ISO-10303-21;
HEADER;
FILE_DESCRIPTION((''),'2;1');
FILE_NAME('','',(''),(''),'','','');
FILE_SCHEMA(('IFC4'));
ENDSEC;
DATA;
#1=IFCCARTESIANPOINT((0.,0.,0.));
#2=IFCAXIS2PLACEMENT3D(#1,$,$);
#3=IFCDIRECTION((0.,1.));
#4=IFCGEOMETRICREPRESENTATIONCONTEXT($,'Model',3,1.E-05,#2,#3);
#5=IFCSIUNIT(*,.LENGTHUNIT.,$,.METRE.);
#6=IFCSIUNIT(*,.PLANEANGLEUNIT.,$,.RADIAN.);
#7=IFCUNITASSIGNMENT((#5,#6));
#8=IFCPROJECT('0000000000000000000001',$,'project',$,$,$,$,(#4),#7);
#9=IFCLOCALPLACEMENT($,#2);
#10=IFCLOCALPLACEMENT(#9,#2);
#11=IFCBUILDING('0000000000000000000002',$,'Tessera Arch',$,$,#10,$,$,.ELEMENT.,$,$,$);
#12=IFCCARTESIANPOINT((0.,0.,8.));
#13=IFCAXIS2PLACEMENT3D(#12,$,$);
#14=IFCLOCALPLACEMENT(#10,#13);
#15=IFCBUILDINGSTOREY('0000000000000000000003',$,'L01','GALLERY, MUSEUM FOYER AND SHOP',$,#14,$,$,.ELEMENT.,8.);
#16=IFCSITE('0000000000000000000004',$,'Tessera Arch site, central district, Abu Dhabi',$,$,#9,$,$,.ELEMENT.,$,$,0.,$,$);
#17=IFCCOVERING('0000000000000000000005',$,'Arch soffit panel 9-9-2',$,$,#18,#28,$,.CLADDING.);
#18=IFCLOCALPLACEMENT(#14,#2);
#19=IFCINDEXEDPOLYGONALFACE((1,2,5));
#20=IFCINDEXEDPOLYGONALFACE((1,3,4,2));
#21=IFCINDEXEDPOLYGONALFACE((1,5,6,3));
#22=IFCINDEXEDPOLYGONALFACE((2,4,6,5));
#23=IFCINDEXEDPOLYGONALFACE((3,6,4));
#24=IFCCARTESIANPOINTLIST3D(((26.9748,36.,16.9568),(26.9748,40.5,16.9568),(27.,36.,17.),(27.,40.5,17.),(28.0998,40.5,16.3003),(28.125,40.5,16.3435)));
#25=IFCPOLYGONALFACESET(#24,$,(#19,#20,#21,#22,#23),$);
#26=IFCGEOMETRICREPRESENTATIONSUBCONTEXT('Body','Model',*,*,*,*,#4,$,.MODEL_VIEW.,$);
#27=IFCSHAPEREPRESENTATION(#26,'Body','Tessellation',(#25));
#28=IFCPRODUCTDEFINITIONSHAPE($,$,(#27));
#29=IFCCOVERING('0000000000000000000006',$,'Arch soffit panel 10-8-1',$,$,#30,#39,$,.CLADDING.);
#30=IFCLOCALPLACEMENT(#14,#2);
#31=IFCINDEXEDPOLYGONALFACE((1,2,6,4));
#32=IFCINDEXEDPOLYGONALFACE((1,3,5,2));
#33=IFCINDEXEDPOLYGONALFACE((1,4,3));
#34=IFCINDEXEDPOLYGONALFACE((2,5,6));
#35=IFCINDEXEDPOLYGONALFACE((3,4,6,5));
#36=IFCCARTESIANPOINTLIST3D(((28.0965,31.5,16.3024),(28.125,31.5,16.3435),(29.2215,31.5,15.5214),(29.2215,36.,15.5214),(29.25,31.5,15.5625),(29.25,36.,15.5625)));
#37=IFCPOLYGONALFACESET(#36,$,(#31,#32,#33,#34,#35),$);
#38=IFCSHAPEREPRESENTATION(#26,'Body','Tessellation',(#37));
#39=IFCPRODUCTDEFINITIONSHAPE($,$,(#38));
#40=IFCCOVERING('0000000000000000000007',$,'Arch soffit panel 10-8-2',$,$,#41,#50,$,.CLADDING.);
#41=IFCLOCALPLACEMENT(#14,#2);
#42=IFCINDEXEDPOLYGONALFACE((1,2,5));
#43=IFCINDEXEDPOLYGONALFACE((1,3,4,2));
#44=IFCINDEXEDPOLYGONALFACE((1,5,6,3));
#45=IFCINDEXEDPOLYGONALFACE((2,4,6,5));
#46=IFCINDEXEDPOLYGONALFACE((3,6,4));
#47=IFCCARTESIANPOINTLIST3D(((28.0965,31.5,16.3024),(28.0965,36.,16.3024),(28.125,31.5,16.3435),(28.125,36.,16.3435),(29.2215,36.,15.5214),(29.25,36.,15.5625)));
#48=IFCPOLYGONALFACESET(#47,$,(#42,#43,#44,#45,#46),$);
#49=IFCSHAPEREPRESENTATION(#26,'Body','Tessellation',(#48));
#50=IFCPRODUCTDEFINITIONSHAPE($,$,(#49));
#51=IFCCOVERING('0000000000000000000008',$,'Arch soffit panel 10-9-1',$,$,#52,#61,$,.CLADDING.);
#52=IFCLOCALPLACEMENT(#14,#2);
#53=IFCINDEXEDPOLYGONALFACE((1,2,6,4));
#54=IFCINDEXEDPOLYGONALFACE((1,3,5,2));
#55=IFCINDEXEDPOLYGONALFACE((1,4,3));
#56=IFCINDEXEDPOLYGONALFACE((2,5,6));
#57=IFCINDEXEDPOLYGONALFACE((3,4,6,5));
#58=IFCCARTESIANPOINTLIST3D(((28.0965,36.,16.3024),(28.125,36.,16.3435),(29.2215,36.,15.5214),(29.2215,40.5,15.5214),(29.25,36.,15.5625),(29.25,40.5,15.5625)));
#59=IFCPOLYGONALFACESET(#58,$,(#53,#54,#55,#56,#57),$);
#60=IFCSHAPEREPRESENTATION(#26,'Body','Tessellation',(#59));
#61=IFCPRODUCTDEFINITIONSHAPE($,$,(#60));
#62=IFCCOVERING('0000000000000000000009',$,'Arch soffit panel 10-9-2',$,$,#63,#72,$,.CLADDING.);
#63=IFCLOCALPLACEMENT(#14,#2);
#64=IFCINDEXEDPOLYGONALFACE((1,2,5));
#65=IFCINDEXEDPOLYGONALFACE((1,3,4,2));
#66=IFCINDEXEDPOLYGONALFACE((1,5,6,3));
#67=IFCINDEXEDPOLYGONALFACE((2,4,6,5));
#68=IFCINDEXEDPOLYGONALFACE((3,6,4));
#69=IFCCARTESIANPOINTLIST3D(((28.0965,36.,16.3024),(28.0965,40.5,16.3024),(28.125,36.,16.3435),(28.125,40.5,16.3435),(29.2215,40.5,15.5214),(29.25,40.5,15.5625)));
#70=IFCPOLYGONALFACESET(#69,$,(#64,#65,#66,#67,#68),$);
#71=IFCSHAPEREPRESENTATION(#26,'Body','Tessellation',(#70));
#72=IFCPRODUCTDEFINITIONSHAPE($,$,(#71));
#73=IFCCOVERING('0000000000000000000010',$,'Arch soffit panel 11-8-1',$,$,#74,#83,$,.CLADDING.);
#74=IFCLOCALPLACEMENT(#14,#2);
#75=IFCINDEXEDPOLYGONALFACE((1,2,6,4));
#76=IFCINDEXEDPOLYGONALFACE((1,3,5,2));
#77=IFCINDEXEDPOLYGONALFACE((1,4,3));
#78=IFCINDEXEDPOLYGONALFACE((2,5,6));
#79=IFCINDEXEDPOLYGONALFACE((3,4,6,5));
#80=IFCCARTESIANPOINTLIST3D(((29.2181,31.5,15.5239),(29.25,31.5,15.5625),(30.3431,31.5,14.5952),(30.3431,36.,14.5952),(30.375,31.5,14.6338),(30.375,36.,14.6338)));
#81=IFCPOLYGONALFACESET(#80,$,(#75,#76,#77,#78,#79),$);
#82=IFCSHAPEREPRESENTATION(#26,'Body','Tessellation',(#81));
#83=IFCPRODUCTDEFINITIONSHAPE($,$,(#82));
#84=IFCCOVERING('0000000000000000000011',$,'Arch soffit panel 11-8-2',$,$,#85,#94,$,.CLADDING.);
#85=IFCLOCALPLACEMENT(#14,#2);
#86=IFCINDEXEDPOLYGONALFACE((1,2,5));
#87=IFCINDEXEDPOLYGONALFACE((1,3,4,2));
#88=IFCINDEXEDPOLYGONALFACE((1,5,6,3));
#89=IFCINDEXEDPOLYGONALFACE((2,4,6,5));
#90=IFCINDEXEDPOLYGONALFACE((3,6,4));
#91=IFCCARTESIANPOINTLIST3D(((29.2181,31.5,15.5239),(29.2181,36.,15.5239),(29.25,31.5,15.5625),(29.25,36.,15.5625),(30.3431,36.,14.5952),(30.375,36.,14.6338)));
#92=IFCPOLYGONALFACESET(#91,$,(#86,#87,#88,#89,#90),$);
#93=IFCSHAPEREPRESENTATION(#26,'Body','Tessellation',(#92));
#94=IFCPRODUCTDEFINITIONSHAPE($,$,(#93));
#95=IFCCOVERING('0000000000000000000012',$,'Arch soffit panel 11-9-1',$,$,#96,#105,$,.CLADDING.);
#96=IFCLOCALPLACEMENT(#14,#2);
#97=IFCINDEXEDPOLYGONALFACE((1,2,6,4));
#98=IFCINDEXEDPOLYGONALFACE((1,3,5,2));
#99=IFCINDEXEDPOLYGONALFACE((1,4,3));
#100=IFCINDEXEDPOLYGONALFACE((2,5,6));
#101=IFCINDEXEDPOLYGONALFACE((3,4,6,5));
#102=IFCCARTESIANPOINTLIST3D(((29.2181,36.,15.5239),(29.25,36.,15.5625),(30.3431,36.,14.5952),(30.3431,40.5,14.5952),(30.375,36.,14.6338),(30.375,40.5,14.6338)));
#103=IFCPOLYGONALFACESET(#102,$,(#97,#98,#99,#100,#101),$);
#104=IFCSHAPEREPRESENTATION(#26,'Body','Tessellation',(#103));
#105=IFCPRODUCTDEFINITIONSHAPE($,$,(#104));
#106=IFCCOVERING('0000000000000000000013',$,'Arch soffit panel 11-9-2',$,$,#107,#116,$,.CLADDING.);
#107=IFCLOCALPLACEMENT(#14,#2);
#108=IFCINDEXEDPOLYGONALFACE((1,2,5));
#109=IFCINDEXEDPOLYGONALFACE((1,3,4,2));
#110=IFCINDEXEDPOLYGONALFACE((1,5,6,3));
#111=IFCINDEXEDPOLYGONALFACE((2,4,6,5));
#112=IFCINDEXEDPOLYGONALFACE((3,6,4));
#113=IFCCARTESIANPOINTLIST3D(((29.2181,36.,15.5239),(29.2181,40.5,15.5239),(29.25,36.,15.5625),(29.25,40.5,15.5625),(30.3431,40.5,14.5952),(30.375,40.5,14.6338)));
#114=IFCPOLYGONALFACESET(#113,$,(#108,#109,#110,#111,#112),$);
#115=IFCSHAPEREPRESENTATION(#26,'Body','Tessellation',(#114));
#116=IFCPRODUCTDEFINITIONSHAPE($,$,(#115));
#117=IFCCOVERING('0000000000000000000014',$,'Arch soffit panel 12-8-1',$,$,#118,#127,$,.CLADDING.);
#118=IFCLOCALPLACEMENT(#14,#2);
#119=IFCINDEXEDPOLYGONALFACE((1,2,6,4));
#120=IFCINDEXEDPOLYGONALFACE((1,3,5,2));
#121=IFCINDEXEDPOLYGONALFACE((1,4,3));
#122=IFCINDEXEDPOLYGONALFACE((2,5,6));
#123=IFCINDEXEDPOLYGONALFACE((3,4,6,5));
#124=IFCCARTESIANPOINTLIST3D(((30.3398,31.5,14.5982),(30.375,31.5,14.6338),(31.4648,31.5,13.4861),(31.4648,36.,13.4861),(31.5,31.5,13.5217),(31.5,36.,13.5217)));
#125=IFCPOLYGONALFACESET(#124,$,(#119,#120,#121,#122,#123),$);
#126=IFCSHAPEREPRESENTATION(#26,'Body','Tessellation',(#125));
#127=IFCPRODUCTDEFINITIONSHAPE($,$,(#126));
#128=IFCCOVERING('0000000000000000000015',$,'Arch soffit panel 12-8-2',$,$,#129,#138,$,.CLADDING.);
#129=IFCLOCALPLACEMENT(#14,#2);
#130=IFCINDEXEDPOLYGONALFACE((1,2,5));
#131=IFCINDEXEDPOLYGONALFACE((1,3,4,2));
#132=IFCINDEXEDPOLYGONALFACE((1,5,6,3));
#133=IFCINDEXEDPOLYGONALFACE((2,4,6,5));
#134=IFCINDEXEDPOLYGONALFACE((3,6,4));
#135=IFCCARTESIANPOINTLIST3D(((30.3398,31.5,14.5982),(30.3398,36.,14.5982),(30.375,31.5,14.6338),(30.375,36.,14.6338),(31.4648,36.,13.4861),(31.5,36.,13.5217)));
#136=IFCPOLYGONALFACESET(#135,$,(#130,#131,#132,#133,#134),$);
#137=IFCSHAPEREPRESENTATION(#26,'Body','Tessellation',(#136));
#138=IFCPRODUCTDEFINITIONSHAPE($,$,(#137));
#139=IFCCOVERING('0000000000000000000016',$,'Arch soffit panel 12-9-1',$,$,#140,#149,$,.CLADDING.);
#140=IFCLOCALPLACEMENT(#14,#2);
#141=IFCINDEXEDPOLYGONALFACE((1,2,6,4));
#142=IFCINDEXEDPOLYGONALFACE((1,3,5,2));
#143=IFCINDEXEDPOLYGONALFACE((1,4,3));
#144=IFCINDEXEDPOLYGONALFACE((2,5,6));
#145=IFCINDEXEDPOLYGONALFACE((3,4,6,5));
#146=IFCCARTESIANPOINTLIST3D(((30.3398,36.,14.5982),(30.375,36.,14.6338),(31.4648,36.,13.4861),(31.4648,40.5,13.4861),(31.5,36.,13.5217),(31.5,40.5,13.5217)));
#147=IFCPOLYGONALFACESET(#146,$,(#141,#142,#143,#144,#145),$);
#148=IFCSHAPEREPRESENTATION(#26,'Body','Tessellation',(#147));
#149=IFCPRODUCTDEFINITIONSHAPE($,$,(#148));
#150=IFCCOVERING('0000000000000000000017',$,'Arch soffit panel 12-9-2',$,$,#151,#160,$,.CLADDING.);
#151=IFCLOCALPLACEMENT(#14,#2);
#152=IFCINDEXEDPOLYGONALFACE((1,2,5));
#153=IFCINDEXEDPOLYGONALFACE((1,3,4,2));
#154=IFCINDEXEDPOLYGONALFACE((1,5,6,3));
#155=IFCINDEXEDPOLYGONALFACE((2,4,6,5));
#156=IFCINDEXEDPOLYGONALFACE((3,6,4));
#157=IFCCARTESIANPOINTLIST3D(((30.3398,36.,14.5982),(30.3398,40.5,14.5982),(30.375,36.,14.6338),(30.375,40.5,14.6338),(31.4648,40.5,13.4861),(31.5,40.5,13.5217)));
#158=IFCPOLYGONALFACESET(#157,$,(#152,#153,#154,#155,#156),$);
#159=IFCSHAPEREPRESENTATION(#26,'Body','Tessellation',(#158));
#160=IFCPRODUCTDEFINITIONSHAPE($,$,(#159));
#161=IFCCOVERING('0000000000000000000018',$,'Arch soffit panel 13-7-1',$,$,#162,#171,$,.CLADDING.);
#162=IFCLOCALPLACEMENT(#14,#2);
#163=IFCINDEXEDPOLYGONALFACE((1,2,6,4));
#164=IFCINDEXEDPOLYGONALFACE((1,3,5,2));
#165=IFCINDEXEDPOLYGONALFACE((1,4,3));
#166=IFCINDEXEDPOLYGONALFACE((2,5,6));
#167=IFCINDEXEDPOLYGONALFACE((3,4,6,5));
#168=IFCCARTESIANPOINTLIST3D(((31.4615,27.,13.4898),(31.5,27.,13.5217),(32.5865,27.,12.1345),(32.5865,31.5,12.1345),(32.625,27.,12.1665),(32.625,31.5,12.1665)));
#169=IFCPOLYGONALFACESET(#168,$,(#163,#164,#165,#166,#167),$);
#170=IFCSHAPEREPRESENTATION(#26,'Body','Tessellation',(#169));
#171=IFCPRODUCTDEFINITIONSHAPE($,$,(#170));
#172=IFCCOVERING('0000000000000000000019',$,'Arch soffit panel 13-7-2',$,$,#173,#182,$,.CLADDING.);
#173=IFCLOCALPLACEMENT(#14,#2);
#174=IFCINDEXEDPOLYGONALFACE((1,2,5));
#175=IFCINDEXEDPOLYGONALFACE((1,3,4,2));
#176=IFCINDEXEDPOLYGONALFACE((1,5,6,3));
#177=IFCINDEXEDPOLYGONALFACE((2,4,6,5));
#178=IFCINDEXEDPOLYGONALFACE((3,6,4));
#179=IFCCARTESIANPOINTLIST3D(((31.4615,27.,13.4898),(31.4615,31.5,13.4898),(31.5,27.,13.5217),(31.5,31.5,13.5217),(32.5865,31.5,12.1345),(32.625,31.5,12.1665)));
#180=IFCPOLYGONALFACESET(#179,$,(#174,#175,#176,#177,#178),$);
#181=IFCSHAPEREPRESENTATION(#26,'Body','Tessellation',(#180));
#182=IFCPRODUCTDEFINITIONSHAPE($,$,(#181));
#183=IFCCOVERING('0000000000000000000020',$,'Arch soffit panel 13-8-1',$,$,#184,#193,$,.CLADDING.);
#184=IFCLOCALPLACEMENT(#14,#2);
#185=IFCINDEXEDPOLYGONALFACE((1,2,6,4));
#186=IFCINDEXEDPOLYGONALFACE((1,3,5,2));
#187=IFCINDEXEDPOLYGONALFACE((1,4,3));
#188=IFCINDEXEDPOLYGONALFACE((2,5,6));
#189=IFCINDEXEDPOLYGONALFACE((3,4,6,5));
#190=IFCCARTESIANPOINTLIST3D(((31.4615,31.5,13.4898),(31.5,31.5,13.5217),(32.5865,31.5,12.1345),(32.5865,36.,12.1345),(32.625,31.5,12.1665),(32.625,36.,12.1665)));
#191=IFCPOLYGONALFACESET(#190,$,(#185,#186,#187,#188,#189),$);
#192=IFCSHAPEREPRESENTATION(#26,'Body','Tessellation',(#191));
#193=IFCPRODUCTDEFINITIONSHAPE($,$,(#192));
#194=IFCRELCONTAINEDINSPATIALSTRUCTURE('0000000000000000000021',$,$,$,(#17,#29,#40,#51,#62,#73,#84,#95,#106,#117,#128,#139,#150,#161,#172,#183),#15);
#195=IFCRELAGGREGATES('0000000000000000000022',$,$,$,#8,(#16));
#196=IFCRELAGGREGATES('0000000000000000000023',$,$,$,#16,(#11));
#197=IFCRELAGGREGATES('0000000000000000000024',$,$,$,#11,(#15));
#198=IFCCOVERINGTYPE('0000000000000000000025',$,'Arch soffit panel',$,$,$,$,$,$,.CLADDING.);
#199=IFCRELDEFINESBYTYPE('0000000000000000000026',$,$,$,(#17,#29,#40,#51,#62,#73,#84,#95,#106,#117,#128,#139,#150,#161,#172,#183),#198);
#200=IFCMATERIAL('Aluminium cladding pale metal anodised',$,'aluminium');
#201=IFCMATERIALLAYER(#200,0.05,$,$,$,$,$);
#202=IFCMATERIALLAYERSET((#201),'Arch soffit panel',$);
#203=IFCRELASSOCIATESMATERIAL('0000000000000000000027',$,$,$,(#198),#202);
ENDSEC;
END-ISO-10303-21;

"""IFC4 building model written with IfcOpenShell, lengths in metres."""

from ifc_helpers import new_model, si_unit, direction, frame, origin, place, context, subcontext, project, spatial, polyline, outline, extrude, material, layer, layer_set, type_object, element, save


model = new_model("IFC4")

# Units and contexts
model_context = context("Model", 3, precision=1e-05, world=origin(), true_north=direction((0.0, 1.0)))
body_context = subcontext(model_context, "Body", "Model", "MODEL_VIEW")
ifc_project = project(units=[si_unit("LENGTHUNIT", "METRE"), si_unit("PLANEANGLEUNIT", "RADIAN")], contexts=[model_context])

# Site, building, storey
site_placement = place(None, origin())
site = spatial("IfcSite", under=ifc_project, at=site_placement, Name="Tessera Arch site, central district, Abu Dhabi", CompositionType="ELEMENT", RefElevation=0.0)
building_placement = place(site_placement, origin())
building = spatial("IfcBuilding", under=site, at=building_placement, Name="Tessera Arch", CompositionType="ELEMENT")
storey_placement = place(building_placement, frame((0.0, 0.0, 8.0)))
storey = spatial("IfcBuildingStorey", under=building, at=storey_placement, Name="L01", Description="GALLERY, MUSEUM FOYER AND SHOP", CompositionType="ELEMENT", Elevation=8.0)

# Coverings
ifc_material = material(Name="Aluminium cladding pale metal anodised", Category="aluminium")
ifc_layer = layer(ifc_material, 0.05)
ifc_layer_set = layer_set([ifc_layer], Name="Arch soffit panel")
covering_type = type_object("IfcCoveringType", Name="Arch soffit panel", PredefinedType="CLADDING", material=ifc_layer_set)
covering_1_placement = place(storey_placement, frame((27.0, 36.0, 17.0), z_axis=(0.504011, 0.0, 0.863697), x_axis=(0.240142, 0.96057, -0.140135)))
element("IfcCovering", 1, at=covering_1_placement, inside=storey, type_object=covering_type, Name="Arch soffit panel 9-9-2", PredefinedType="CLADDING", context=body_context, shape_type="SweptSolid", body=[
    extrude(outline(polyline([(0.0, 0.0), (4.6847, 0.0), (4.3226, 1.2512), (0.0, 0.0)])), origin(), (0.0, 0.0, -1.0), 0.05),
])
covering_2_placement = place(storey_placement, frame((28.125, 31.5, 16.3435), z_axis=(0.570276, 0.0, 0.821453), x_axis=(0.821453, 0.0, -0.570276)))
element("IfcCovering", 2, at=covering_2_placement, inside=storey, type_object=covering_type, Name="Arch soffit panel 10-8-1", PredefinedType="CLADDING", context=body_context, shape_type="SweptSolid", body=[
    extrude(outline(polyline([(0.0, 0.0), (1.3695, 0.0), (1.3695, 4.5), (0.0, 0.0)])), origin(), (0.0, 0.0, -1.0), 0.05),
])
covering_3_placement = place(storey_placement, frame((28.125, 31.5, 16.3435), z_axis=(0.570276, 0.0, 0.821453), x_axis=(0.239169, 0.956676, -0.166038)))
element("IfcCovering", 3, at=covering_3_placement, inside=storey, type_object=covering_type, Name="Arch soffit panel 10-8-2", PredefinedType="CLADDING", context=body_context, shape_type="SweptSolid", body=[
    extrude(outline(polyline([(0.0, 0.0), (4.7038, 0.0), (4.305, 1.3102), (0.0, 0.0)])), origin(), (0.0, 0.0, -1.0), 0.05),
])
covering_4_placement = place(storey_placement, frame((28.125, 36.0, 16.3435), z_axis=(0.570276, 0.0, 0.821453), x_axis=(0.821453, 0.0, -0.570276)))
element("IfcCovering", 4, at=covering_4_placement, inside=storey, type_object=covering_type, Name="Arch soffit panel 10-9-1", PredefinedType="CLADDING", context=body_context, shape_type="SweptSolid", body=[
    extrude(outline(polyline([(0.0, 0.0), (1.3695, 0.0), (1.3695, 4.5), (0.0, 0.0)])), origin(), (0.0, 0.0, -1.0), 0.05),
])
covering_5_placement = place(storey_placement, frame((28.125, 36.0, 16.3435), z_axis=(0.570276, 0.0, 0.821453), x_axis=(0.239169, 0.956676, -0.166038)))
element("IfcCovering", 5, at=covering_5_placement, inside=storey, type_object=covering_type, Name="Arch soffit panel 10-9-2", PredefinedType="CLADDING", context=body_context, shape_type="SweptSolid", body=[
    extrude(outline(polyline([(0.0, 0.0), (4.7038, 0.0), (4.305, 1.3102), (0.0, 0.0)])), origin(), (0.0, 0.0, -1.0), 0.05),
])
covering_6_placement = place(storey_placement, frame((29.25, 31.5, 15.5625), z_axis=(0.636622, 0.0, 0.771176), x_axis=(0.771176, 0.0, -0.636622)))
element("IfcCovering", 6, at=covering_6_placement, inside=storey, type_object=covering_type, Name="Arch soffit panel 11-8-1", PredefinedType="CLADDING", context=body_context, shape_type="SweptSolid", body=[
    extrude(outline(polyline([(0.0, 0.0), (1.4588, 0.0), (1.4588, 4.5), (0.0, 0.0)])), origin(), (0.0, 0.0, -1.0), 0.05),
])
covering_7_placement = place(storey_placement, frame((29.25, 31.5, 15.5625), z_axis=(0.636622, 0.0, 0.771176), x_axis=(0.237816, 0.951263, -0.196322)))
element("IfcCovering", 7, at=covering_7_placement, inside=storey, type_object=covering_type, Name="Arch soffit panel 11-8-2", PredefinedType="CLADDING", context=body_context, shape_type="SweptSolid", body=[
    extrude(outline(polyline([(0.0, 0.0), (4.7306, 0.0), (4.2807, 1.3877), (0.0, 0.0)])), origin(), (0.0, 0.0, -1.0), 0.05),
])
covering_8_placement = place(storey_placement, frame((29.25, 36.0, 15.5625), z_axis=(0.636622, 0.0, 0.771176), x_axis=(0.771176, 0.0, -0.636622)))
element("IfcCovering", 8, at=covering_8_placement, inside=storey, type_object=covering_type, Name="Arch soffit panel 11-9-1", PredefinedType="CLADDING", context=body_context, shape_type="SweptSolid", body=[
    extrude(outline(polyline([(0.0, 0.0), (1.4588, 0.0), (1.4588, 4.5), (0.0, 0.0)])), origin(), (0.0, 0.0, -1.0), 0.05),
])
covering_9_placement = place(storey_placement, frame((29.25, 36.0, 15.5625), z_axis=(0.636622, 0.0, 0.771176), x_axis=(0.237816, 0.951263, -0.196322)))
element("IfcCovering", 9, at=covering_9_placement, inside=storey, type_object=covering_type, Name="Arch soffit panel 11-9-2", PredefinedType="CLADDING", context=body_context, shape_type="SweptSolid", body=[
    extrude(outline(polyline([(0.0, 0.0), (4.7306, 0.0), (4.2807, 1.3877), (0.0, 0.0)])), origin(), (0.0, 0.0, -1.0), 0.05),
])
covering_10_placement = place(storey_placement, frame((30.375, 31.5, 14.6338), z_axis=(0.703005, 0.0, 0.711185), x_axis=(0.711185, 0.0, -0.703005)))
element("IfcCovering", 10, at=covering_10_placement, inside=storey, type_object=covering_type, Name="Arch soffit panel 12-8-1", PredefinedType="CLADDING", context=body_context, shape_type="SweptSolid", body=[
    extrude(outline(polyline([(0.0, 0.0), (1.5819, 0.0), (1.5819, 4.5), (0.0, 0.0)])), origin(), (0.0, 0.0, -1.0), 0.05),
])
covering_11_placement = place(storey_placement, frame((30.375, 31.5, 14.6338), z_axis=(0.703005, 0.0, 0.711185), x_axis=(0.235852, 0.943409, -0.233139)))
element("IfcCovering", 11, at=covering_11_placement, inside=storey, type_object=covering_type, Name="Arch soffit panel 12-8-2", PredefinedType="CLADDING", context=body_context, shape_type="SweptSolid", body=[
    extrude(outline(polyline([(0.0, 0.0), (4.7699, 0.0), (4.2453, 1.4923), (0.0, 0.0)])), origin(), (0.0, 0.0, -1.0), 0.05),
])
covering_12_placement = place(storey_placement, frame((30.375, 36.0, 14.6338), z_axis=(0.703005, 0.0, 0.711185), x_axis=(0.711185, 0.0, -0.703005)))
element("IfcCovering", 12, at=covering_12_placement, inside=storey, type_object=covering_type, Name="Arch soffit panel 12-9-1", PredefinedType="CLADDING", context=body_context, shape_type="SweptSolid", body=[
    extrude(outline(polyline([(0.0, 0.0), (1.5819, 0.0), (1.5819, 4.5), (0.0, 0.0)])), origin(), (0.0, 0.0, -1.0), 0.05),
])
covering_13_placement = place(storey_placement, frame((30.375, 36.0, 14.6338), z_axis=(0.703005, 0.0, 0.711185), x_axis=(0.235852, 0.943409, -0.233139)))
element("IfcCovering", 13, at=covering_13_placement, inside=storey, type_object=covering_type, Name="Arch soffit panel 12-9-2", PredefinedType="CLADDING", context=body_context, shape_type="SweptSolid", body=[
    extrude(outline(polyline([(0.0, 0.0), (4.7699, 0.0), (4.2453, 1.4923), (0.0, 0.0)])), origin(), (0.0, 0.0, -1.0), 0.05),
])
covering_14_placement = place(storey_placement, frame((31.5, 27.0, 13.5217), z_axis=(0.769436, 0.0, 0.638724), x_axis=(0.638724, 0.0, -0.769436)))
element("IfcCovering", 14, at=covering_14_placement, inside=storey, type_object=covering_type, Name="Arch soffit panel 13-7-1", PredefinedType="CLADDING", context=body_context, shape_type="SweptSolid", body=[
    extrude(outline(polyline([(0.0, 0.0), (1.7613, 0.0), (1.7613, 4.5), (0.0, 0.0)])), origin(), (0.0, 0.0, -1.0), 0.05),
])
covering_15_placement = place(storey_placement, frame((31.5, 27.0, 13.5217), z_axis=(0.769436, 0.0, 0.638724), x_axis=(0.232803, 0.931211, -0.280444)))
element("IfcCovering", 15, at=covering_15_placement, inside=storey, type_object=covering_type, Name="Arch soffit panel 13-7-2", PredefinedType="CLADDING", context=body_context, shape_type="SweptSolid", body=[
    extrude(outline(polyline([(0.0, 0.0), (4.8324, 0.0), (4.1904, 1.6402), (0.0, 0.0)])), origin(), (0.0, 0.0, -1.0), 0.05),
])
covering_16_placement = place(storey_placement, frame((31.5, 31.5, 13.5217), z_axis=(0.769436, 0.0, 0.638724), x_axis=(0.638724, 0.0, -0.769436)))
element("IfcCovering", 16, at=covering_16_placement, inside=storey, type_object=covering_type, Name="Arch soffit panel 13-8-1", PredefinedType="CLADDING", context=body_context, shape_type="SweptSolid", body=[
    extrude(outline(polyline([(0.0, 0.0), (1.7613, 0.0), (1.7613, 4.5), (0.0, 0.0)])), origin(), (0.0, 0.0, -1.0), 0.05),
])

save(model, "model.ifc")
